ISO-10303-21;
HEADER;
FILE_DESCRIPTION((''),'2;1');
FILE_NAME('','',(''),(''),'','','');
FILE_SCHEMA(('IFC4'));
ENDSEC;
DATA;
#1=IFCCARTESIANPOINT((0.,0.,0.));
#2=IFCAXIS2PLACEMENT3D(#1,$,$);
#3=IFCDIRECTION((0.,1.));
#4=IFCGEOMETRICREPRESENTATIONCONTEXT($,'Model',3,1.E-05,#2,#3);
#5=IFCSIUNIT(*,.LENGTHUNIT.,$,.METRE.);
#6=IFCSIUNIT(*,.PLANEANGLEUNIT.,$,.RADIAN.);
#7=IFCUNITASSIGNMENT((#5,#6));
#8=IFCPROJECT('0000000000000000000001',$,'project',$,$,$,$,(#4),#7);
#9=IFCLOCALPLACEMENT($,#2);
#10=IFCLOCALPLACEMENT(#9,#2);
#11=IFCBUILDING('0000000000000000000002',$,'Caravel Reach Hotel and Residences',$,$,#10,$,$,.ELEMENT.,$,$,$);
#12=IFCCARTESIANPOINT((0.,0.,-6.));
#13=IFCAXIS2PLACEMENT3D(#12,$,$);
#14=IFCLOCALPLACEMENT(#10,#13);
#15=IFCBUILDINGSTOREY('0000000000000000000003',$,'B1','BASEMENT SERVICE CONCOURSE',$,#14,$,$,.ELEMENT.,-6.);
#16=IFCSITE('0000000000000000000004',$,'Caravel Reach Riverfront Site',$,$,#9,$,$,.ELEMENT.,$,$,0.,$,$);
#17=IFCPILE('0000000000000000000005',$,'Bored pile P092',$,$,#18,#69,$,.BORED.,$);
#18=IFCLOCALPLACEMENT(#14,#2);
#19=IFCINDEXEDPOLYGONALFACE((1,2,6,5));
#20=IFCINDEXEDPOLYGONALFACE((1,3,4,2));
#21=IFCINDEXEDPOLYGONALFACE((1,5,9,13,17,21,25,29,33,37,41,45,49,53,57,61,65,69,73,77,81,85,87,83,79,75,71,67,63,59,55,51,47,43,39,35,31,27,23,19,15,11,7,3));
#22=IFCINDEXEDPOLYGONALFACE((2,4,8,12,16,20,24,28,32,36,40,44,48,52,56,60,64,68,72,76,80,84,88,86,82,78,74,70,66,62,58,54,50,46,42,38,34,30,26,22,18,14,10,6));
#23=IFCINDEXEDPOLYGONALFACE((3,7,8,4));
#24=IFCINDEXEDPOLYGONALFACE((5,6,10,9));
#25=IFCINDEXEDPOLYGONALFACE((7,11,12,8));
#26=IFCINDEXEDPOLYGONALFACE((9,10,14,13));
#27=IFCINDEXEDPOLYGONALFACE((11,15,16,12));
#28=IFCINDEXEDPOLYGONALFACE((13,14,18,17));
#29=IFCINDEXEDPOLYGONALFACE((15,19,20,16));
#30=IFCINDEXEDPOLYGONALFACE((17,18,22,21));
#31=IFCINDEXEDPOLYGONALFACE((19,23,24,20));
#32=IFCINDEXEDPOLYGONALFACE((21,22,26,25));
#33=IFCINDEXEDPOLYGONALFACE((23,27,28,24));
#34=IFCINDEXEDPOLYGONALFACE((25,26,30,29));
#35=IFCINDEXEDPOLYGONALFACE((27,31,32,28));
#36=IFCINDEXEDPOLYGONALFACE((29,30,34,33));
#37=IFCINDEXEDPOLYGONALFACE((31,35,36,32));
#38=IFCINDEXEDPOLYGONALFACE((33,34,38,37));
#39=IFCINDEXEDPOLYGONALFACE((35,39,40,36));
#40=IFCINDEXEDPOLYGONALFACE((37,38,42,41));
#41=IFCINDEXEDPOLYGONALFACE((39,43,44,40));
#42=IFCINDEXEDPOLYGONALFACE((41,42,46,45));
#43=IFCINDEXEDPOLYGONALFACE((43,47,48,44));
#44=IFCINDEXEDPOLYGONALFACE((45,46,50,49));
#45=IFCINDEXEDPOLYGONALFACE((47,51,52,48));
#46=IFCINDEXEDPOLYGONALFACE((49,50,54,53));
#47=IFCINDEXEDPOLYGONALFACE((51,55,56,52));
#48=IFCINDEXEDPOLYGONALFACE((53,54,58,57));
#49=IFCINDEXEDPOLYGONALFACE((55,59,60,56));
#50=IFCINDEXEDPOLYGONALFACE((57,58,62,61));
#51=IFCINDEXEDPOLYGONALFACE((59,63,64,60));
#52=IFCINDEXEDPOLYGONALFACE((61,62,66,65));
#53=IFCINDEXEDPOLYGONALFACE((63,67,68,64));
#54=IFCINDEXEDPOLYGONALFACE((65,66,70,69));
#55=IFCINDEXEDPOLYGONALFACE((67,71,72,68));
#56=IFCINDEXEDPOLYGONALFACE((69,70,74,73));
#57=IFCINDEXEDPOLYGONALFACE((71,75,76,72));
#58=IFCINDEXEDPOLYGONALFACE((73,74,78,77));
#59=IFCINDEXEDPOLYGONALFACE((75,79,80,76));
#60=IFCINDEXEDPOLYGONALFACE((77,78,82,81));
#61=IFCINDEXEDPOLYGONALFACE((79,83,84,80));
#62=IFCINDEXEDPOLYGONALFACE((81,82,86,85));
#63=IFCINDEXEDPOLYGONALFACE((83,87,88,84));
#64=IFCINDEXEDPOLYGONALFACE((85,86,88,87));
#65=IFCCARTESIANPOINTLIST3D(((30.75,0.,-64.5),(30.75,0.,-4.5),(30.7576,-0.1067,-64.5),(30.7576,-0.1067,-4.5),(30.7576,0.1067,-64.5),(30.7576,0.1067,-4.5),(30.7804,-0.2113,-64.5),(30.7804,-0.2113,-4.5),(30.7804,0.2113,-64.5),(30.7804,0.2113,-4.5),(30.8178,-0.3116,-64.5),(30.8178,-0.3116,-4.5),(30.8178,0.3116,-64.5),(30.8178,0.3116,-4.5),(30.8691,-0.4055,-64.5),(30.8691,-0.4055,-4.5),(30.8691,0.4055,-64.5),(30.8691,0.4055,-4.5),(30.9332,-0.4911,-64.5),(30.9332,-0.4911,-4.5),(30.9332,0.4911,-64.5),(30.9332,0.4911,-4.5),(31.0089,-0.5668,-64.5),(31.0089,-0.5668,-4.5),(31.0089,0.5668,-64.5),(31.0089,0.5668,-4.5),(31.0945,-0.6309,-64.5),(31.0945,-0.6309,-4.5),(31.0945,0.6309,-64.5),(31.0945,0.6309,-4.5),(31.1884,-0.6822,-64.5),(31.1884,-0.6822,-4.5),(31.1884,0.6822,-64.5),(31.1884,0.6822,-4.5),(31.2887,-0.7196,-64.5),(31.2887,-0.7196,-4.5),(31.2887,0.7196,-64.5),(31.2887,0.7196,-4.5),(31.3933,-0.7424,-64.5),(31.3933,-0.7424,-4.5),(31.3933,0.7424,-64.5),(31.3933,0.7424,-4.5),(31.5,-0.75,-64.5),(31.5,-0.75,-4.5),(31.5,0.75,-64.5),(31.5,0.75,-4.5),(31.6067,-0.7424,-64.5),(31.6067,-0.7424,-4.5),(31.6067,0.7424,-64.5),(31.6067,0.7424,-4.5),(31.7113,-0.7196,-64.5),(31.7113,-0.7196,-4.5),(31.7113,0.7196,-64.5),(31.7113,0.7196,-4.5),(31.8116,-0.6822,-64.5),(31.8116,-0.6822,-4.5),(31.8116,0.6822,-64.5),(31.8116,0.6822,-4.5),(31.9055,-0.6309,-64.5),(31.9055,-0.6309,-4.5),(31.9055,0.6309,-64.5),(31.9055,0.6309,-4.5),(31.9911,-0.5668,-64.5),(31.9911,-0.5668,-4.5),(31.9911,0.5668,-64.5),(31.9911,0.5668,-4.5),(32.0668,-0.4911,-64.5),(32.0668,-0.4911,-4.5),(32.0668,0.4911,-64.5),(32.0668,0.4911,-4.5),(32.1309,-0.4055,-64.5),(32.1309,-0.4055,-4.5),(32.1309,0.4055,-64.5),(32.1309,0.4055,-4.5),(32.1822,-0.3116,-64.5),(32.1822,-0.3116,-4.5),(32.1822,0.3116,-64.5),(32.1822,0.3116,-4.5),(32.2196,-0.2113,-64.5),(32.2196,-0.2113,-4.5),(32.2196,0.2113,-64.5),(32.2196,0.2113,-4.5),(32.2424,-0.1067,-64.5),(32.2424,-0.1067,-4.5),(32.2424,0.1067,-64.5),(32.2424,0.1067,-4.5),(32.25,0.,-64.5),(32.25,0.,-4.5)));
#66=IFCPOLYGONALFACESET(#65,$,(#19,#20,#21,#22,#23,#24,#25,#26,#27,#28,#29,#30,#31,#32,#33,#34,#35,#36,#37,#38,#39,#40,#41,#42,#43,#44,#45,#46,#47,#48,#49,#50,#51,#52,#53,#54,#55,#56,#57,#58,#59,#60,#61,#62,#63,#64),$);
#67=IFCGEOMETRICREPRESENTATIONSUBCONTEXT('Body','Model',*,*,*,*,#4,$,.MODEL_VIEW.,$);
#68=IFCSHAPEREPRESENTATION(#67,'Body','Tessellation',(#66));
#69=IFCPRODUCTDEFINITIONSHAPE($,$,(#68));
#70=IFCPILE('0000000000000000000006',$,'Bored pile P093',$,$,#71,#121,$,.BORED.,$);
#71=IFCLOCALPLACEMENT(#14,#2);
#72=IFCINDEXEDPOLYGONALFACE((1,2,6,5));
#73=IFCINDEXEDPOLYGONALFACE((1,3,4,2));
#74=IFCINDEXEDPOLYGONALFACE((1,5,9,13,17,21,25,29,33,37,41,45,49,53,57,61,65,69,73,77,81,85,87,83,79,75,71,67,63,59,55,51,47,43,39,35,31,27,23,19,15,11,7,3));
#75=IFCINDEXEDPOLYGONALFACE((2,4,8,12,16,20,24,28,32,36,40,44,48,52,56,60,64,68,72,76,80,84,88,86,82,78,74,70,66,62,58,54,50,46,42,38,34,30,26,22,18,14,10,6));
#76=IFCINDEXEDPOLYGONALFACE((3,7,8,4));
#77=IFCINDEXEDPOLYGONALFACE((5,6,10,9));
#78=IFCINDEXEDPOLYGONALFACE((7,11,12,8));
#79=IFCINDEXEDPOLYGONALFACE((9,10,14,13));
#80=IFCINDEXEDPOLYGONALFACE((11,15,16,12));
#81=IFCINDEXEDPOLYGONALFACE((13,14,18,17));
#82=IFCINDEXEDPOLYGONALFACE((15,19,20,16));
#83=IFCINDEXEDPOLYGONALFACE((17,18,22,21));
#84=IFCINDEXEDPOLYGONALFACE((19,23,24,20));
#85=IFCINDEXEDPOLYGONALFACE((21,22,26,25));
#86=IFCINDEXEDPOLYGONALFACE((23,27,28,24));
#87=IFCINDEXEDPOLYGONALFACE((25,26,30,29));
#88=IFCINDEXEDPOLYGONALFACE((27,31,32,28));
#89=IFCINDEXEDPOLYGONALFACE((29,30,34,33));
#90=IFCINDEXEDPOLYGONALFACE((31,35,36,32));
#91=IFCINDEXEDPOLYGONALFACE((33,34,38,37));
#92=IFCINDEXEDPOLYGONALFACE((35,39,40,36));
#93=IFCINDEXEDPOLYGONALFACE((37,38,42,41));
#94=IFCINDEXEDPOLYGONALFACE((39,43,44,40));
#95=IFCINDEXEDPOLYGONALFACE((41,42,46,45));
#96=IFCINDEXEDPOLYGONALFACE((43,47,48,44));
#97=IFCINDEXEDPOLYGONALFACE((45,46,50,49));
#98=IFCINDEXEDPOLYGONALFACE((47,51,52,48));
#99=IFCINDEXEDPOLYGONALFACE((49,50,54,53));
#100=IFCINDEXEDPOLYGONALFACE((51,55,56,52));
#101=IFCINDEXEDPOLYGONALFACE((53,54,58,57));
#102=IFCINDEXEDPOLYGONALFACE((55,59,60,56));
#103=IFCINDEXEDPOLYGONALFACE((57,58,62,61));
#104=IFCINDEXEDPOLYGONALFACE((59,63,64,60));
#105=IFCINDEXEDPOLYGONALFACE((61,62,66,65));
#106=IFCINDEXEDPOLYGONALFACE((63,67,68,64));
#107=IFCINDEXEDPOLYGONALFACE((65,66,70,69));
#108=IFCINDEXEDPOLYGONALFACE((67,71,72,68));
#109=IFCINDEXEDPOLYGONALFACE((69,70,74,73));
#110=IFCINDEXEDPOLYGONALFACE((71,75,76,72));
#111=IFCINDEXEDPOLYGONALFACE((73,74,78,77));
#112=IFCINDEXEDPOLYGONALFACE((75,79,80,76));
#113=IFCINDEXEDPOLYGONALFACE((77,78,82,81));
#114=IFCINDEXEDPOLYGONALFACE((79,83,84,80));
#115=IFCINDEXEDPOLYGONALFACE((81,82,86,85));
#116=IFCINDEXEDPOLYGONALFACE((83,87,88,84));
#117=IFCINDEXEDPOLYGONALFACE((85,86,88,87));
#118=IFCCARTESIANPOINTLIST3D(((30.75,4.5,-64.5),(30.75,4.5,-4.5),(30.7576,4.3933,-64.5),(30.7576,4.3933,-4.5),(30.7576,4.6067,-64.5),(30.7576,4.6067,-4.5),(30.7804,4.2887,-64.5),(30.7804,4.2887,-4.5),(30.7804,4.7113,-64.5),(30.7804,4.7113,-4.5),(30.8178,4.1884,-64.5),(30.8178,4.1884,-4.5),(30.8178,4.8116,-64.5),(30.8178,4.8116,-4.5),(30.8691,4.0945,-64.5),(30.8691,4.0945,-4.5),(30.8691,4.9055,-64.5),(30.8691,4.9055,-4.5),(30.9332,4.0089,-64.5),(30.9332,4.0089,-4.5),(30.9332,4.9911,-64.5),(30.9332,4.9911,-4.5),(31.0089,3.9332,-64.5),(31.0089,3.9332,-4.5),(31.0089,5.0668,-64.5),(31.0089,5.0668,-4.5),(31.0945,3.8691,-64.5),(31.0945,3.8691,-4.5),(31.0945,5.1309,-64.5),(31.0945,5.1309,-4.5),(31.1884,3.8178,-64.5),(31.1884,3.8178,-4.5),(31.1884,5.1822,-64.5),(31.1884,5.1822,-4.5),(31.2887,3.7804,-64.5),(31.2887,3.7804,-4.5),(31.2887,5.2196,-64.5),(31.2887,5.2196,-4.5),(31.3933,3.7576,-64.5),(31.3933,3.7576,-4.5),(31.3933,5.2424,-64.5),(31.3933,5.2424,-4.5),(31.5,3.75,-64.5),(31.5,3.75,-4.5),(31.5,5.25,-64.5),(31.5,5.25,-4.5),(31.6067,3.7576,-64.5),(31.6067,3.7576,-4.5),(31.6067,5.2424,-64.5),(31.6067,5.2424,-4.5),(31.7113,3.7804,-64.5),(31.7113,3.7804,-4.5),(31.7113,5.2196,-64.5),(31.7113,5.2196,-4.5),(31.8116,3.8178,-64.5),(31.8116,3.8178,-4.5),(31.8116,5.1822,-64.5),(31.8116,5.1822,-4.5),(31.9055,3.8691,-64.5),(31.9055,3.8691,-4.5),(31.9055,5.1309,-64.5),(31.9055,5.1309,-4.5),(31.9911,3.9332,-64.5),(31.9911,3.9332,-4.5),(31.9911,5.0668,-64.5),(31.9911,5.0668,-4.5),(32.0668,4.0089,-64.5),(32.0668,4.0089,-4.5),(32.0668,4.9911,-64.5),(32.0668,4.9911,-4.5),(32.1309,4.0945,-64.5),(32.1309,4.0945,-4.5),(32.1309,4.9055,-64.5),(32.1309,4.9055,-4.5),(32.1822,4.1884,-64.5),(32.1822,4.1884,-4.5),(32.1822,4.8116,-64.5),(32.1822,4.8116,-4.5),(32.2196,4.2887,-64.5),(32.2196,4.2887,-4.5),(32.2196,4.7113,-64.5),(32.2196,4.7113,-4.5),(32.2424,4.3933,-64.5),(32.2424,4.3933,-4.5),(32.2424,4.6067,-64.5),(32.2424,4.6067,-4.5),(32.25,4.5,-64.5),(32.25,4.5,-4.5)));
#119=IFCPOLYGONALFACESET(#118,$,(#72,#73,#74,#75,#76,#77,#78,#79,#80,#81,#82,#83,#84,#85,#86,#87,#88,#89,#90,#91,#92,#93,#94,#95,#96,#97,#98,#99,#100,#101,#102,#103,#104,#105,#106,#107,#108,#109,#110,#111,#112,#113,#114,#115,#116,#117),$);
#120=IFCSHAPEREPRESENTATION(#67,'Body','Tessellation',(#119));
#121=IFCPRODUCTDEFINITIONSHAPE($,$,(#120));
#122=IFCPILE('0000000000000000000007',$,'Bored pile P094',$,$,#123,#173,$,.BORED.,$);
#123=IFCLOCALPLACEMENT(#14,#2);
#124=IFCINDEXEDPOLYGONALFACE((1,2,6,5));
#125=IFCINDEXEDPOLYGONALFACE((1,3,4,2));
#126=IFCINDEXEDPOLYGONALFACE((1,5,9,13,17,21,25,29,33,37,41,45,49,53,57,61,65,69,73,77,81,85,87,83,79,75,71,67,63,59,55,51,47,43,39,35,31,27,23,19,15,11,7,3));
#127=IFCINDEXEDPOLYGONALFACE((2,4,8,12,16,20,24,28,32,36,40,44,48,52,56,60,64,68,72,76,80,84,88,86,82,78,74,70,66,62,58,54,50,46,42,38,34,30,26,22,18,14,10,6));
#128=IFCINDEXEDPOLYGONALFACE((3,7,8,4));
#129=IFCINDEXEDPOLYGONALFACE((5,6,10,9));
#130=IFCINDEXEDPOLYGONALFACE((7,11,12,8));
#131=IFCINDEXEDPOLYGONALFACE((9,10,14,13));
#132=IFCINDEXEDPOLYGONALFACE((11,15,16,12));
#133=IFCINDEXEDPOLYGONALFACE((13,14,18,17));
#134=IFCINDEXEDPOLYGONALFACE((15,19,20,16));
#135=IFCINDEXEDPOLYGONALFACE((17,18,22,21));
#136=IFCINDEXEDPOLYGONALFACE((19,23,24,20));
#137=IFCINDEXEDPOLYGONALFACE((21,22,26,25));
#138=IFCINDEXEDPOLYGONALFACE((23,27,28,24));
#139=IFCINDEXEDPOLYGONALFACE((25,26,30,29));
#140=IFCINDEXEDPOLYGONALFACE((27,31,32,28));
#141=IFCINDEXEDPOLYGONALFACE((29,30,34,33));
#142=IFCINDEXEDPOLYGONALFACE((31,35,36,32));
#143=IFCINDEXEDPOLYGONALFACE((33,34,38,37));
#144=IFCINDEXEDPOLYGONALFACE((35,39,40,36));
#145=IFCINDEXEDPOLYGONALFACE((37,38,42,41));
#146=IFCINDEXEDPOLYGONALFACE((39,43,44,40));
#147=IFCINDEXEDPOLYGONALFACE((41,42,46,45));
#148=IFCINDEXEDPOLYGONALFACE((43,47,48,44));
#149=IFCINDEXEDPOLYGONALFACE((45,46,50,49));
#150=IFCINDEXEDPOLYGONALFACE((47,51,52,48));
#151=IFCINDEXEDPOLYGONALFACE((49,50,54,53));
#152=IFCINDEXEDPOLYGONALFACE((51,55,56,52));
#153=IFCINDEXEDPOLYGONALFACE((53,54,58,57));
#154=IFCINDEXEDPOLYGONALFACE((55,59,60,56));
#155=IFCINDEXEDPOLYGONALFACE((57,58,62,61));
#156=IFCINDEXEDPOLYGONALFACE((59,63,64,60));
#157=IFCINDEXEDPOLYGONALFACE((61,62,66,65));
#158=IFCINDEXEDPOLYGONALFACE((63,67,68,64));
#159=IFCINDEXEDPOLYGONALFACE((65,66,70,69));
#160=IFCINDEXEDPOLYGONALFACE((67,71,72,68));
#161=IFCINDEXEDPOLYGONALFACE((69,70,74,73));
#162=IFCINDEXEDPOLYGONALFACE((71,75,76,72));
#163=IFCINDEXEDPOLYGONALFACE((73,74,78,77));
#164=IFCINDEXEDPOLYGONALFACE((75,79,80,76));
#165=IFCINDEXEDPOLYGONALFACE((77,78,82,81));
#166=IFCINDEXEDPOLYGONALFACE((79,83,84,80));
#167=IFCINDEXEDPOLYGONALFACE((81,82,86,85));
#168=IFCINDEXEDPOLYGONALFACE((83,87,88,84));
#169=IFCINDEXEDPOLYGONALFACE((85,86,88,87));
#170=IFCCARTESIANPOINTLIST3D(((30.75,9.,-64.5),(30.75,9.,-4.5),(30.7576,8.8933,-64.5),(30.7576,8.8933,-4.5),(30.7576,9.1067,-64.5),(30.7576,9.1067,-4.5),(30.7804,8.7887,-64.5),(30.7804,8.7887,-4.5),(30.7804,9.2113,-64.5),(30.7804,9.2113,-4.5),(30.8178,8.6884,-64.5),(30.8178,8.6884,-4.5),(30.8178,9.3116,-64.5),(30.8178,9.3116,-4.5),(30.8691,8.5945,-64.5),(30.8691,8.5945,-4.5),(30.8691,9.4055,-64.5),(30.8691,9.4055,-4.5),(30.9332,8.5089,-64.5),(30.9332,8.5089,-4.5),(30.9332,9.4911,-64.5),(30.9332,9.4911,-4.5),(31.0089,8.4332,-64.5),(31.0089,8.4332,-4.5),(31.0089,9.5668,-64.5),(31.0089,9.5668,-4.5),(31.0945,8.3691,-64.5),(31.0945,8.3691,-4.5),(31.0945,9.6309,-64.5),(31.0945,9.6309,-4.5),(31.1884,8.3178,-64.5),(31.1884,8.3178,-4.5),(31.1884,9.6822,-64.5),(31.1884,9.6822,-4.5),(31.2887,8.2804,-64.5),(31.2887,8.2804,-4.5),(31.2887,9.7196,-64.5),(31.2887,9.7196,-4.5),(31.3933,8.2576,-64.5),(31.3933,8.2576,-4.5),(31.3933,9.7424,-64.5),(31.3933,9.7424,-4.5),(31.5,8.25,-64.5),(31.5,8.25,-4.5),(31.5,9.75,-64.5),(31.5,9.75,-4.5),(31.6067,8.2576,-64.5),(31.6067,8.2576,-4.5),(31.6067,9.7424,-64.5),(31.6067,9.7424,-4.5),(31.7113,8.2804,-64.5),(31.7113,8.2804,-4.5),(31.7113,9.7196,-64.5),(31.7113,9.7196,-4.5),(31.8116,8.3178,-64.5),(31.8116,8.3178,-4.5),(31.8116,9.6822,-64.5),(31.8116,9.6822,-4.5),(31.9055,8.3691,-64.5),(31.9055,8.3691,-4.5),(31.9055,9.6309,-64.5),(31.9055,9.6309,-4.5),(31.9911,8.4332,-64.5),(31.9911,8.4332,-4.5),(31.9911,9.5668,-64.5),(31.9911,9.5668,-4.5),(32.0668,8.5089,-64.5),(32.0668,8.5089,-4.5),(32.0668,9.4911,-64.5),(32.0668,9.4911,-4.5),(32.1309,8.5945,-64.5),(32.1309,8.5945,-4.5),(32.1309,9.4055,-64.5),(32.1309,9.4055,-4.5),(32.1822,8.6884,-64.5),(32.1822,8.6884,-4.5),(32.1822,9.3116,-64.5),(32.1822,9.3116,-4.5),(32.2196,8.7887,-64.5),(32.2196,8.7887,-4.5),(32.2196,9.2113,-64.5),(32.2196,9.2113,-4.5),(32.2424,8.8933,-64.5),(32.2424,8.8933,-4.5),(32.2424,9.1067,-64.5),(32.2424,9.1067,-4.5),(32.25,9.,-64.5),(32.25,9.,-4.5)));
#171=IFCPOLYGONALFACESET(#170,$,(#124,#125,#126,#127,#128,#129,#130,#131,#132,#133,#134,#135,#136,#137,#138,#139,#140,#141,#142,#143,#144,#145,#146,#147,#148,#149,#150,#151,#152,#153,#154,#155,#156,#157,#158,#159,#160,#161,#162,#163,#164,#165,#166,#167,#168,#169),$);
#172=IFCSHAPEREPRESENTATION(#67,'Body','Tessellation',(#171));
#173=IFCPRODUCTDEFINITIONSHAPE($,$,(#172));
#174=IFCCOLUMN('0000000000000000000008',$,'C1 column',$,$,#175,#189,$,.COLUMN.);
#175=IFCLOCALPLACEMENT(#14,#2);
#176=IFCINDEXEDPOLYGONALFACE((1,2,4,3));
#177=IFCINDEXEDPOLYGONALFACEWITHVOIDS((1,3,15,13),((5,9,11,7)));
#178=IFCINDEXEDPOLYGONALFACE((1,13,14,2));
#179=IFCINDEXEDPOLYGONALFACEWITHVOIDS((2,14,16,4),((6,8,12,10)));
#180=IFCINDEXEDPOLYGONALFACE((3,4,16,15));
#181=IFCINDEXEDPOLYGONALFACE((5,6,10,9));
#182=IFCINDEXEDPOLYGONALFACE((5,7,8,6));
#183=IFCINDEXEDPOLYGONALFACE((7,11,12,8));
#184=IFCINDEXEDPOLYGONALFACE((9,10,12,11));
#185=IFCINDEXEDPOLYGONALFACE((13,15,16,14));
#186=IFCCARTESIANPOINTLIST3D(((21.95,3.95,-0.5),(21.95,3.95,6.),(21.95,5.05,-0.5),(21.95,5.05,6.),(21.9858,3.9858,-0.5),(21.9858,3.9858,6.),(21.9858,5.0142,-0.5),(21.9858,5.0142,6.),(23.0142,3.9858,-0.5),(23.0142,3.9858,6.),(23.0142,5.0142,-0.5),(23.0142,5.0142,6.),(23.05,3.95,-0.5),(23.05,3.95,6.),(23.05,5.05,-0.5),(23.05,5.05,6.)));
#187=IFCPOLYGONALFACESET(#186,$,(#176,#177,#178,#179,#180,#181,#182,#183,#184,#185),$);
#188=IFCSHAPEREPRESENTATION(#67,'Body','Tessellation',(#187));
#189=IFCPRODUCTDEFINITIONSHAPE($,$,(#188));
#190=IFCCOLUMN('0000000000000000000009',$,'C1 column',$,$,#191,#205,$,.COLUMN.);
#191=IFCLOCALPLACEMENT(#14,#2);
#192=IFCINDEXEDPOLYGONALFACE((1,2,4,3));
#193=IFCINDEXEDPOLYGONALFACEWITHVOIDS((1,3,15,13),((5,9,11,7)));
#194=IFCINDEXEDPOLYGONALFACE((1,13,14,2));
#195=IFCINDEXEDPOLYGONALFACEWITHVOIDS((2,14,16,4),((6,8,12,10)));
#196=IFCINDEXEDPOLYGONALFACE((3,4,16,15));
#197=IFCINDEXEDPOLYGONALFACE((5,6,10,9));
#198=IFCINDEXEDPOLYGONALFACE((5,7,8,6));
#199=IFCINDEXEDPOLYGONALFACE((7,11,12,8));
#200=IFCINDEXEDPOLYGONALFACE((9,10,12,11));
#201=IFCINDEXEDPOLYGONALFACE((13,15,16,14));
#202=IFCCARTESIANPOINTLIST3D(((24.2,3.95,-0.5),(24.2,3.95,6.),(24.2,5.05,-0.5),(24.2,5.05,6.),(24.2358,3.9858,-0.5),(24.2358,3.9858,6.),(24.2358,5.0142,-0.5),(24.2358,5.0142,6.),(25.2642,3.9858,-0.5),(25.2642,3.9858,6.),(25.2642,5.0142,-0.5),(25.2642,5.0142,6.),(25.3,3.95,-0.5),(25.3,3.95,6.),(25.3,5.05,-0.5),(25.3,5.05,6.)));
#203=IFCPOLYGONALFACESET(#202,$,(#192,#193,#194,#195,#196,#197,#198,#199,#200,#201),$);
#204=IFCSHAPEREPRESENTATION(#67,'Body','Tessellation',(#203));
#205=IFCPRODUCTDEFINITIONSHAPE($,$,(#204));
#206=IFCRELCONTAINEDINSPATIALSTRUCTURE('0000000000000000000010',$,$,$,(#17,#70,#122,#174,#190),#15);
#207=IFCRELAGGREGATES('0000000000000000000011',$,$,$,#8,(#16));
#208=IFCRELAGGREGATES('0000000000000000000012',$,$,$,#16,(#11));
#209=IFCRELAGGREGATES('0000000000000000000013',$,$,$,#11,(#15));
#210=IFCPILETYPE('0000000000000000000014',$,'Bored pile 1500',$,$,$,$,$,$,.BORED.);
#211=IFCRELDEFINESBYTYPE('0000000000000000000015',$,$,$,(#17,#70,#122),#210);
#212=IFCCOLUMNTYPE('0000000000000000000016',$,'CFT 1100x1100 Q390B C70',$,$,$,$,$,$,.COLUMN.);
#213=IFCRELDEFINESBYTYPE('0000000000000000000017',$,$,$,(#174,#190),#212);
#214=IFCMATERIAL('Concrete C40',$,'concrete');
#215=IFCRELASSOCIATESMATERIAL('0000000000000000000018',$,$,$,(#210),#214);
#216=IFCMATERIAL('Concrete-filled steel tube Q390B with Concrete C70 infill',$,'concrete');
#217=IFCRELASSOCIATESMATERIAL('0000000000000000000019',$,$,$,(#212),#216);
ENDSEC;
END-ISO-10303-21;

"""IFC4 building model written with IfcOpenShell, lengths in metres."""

from ifc_helpers import new_model, si_unit, direction, frame, origin, origin_2d, place, context, subcontext, project, spatial, hollow_rectangle, circle, extrude, material, material_profile, profile_set, type_object, element, save


model = new_model("IFC4")

# Units and contexts
model_context = context("Model", 3, precision=1e-05, world=origin(), true_north=direction((0.0, 1.0)))
body_context = subcontext(model_context, "Body", "Model", "MODEL_VIEW")
ifc_project = project(units=[si_unit("LENGTHUNIT", "METRE"), si_unit("PLANEANGLEUNIT", "RADIAN")], contexts=[model_context])

# Site, building, storey
site_placement = place(None, origin())
site = spatial("IfcSite", under=ifc_project, at=site_placement, Name="Caravel Reach Riverfront Site", CompositionType="ELEMENT", RefElevation=0.0)
building_placement = place(site_placement, origin())
building = spatial("IfcBuilding", under=site, at=building_placement, Name="Caravel Reach Hotel and Residences", CompositionType="ELEMENT")
storey_placement = place(building_placement, frame((0.0, 0.0, -6.0)))
storey = spatial("IfcBuildingStorey", under=building, at=storey_placement, Name="B1", Description="BASEMENT SERVICE CONCOURSE", CompositionType="ELEMENT", Elevation=-6.0)

# Piles
ifc_material_1 = material(Name="Concrete C40", Category="concrete")
ifc_material_profile_1 = material_profile(ifc_material_1, circle(Radius=0.75, at=origin_2d()), Name="PILE 1500")
ifc_profile_set_1 = profile_set([ifc_material_profile_1], Name="Concrete C40")
pile_type = type_object("IfcPileType", Name="Bored pile 1500", PredefinedType="BORED", material=ifc_profile_set_1)
for number, where, z_axis, x_axis, name in (
    (1, (31.5, 0.0, -4.5), (0.0, 0.0, -1.0), (1.0, 0.0, 0.0), "Bored pile P092"),
    (2, (31.5, 4.5, -4.5), (0.0, 0.0, -1.0), (1.0, 0.0, 0.0), "Bored pile P093"),
    (3, (31.5, 9.0, -4.5), (0.0, 0.0, -1.0), (1.0, 0.0, 0.0), "Bored pile P094"),
):
    element("IfcPile", number, at=place(storey_placement, frame(where, z_axis=z_axis, x_axis=x_axis)), inside=storey, type_object=pile_type, Name=name, PredefinedType="BORED", context=body_context, shape_type="SweptSolid", body=[
        extrude(circle(Radius=0.75, at=origin_2d()), origin(), (0.0, 0.0, 1.0), 60.0),
    ])

# Columns
ifc_material_2 = material(Name="Concrete-filled steel tube Q390B with Concrete C70 infill", Category="concrete")
ifc_material_profile_2 = material_profile(ifc_material_2, hollow_rectangle(XDim=1.1001, YDim=1.1001, WallThickness=0.0359, at=origin_2d()), Name="RHS 1100x1100x36")
ifc_profile_set_2 = profile_set([ifc_material_profile_2], Name="Concrete-filled steel tube Q390B with Concrete C70 infill")
column_type_1 = type_object("IfcColumnType", Name="CFT 1100x1100 Q390B C70", PredefinedType="COLUMN", material=ifc_profile_set_2)
for number, where, z_axis, x_axis, name in (
    (4, (22.5, 4.5, -0.5), (0.0, 0.0, 1.0), (1.0, 0.0, 0.0), "C1 column"),
    (5, (24.75, 4.5, -0.5), (0.0, 0.0, 1.0), (1.0, 0.0, 0.0), "C1 column"),
):
    element("IfcColumn", number, at=place(storey_placement, frame(where, z_axis=z_axis, x_axis=x_axis)), inside=storey, type_object=column_type_1, Name=name, PredefinedType="COLUMN", context=body_context, shape_type="SweptSolid", body=[
        extrude(hollow_rectangle(XDim=1.1001, YDim=1.1001, WallThickness=0.0359, at=origin_2d()), origin(), (0.0, 0.0, 1.0), 6.5),
    ])

save(model, "model.ifc")
